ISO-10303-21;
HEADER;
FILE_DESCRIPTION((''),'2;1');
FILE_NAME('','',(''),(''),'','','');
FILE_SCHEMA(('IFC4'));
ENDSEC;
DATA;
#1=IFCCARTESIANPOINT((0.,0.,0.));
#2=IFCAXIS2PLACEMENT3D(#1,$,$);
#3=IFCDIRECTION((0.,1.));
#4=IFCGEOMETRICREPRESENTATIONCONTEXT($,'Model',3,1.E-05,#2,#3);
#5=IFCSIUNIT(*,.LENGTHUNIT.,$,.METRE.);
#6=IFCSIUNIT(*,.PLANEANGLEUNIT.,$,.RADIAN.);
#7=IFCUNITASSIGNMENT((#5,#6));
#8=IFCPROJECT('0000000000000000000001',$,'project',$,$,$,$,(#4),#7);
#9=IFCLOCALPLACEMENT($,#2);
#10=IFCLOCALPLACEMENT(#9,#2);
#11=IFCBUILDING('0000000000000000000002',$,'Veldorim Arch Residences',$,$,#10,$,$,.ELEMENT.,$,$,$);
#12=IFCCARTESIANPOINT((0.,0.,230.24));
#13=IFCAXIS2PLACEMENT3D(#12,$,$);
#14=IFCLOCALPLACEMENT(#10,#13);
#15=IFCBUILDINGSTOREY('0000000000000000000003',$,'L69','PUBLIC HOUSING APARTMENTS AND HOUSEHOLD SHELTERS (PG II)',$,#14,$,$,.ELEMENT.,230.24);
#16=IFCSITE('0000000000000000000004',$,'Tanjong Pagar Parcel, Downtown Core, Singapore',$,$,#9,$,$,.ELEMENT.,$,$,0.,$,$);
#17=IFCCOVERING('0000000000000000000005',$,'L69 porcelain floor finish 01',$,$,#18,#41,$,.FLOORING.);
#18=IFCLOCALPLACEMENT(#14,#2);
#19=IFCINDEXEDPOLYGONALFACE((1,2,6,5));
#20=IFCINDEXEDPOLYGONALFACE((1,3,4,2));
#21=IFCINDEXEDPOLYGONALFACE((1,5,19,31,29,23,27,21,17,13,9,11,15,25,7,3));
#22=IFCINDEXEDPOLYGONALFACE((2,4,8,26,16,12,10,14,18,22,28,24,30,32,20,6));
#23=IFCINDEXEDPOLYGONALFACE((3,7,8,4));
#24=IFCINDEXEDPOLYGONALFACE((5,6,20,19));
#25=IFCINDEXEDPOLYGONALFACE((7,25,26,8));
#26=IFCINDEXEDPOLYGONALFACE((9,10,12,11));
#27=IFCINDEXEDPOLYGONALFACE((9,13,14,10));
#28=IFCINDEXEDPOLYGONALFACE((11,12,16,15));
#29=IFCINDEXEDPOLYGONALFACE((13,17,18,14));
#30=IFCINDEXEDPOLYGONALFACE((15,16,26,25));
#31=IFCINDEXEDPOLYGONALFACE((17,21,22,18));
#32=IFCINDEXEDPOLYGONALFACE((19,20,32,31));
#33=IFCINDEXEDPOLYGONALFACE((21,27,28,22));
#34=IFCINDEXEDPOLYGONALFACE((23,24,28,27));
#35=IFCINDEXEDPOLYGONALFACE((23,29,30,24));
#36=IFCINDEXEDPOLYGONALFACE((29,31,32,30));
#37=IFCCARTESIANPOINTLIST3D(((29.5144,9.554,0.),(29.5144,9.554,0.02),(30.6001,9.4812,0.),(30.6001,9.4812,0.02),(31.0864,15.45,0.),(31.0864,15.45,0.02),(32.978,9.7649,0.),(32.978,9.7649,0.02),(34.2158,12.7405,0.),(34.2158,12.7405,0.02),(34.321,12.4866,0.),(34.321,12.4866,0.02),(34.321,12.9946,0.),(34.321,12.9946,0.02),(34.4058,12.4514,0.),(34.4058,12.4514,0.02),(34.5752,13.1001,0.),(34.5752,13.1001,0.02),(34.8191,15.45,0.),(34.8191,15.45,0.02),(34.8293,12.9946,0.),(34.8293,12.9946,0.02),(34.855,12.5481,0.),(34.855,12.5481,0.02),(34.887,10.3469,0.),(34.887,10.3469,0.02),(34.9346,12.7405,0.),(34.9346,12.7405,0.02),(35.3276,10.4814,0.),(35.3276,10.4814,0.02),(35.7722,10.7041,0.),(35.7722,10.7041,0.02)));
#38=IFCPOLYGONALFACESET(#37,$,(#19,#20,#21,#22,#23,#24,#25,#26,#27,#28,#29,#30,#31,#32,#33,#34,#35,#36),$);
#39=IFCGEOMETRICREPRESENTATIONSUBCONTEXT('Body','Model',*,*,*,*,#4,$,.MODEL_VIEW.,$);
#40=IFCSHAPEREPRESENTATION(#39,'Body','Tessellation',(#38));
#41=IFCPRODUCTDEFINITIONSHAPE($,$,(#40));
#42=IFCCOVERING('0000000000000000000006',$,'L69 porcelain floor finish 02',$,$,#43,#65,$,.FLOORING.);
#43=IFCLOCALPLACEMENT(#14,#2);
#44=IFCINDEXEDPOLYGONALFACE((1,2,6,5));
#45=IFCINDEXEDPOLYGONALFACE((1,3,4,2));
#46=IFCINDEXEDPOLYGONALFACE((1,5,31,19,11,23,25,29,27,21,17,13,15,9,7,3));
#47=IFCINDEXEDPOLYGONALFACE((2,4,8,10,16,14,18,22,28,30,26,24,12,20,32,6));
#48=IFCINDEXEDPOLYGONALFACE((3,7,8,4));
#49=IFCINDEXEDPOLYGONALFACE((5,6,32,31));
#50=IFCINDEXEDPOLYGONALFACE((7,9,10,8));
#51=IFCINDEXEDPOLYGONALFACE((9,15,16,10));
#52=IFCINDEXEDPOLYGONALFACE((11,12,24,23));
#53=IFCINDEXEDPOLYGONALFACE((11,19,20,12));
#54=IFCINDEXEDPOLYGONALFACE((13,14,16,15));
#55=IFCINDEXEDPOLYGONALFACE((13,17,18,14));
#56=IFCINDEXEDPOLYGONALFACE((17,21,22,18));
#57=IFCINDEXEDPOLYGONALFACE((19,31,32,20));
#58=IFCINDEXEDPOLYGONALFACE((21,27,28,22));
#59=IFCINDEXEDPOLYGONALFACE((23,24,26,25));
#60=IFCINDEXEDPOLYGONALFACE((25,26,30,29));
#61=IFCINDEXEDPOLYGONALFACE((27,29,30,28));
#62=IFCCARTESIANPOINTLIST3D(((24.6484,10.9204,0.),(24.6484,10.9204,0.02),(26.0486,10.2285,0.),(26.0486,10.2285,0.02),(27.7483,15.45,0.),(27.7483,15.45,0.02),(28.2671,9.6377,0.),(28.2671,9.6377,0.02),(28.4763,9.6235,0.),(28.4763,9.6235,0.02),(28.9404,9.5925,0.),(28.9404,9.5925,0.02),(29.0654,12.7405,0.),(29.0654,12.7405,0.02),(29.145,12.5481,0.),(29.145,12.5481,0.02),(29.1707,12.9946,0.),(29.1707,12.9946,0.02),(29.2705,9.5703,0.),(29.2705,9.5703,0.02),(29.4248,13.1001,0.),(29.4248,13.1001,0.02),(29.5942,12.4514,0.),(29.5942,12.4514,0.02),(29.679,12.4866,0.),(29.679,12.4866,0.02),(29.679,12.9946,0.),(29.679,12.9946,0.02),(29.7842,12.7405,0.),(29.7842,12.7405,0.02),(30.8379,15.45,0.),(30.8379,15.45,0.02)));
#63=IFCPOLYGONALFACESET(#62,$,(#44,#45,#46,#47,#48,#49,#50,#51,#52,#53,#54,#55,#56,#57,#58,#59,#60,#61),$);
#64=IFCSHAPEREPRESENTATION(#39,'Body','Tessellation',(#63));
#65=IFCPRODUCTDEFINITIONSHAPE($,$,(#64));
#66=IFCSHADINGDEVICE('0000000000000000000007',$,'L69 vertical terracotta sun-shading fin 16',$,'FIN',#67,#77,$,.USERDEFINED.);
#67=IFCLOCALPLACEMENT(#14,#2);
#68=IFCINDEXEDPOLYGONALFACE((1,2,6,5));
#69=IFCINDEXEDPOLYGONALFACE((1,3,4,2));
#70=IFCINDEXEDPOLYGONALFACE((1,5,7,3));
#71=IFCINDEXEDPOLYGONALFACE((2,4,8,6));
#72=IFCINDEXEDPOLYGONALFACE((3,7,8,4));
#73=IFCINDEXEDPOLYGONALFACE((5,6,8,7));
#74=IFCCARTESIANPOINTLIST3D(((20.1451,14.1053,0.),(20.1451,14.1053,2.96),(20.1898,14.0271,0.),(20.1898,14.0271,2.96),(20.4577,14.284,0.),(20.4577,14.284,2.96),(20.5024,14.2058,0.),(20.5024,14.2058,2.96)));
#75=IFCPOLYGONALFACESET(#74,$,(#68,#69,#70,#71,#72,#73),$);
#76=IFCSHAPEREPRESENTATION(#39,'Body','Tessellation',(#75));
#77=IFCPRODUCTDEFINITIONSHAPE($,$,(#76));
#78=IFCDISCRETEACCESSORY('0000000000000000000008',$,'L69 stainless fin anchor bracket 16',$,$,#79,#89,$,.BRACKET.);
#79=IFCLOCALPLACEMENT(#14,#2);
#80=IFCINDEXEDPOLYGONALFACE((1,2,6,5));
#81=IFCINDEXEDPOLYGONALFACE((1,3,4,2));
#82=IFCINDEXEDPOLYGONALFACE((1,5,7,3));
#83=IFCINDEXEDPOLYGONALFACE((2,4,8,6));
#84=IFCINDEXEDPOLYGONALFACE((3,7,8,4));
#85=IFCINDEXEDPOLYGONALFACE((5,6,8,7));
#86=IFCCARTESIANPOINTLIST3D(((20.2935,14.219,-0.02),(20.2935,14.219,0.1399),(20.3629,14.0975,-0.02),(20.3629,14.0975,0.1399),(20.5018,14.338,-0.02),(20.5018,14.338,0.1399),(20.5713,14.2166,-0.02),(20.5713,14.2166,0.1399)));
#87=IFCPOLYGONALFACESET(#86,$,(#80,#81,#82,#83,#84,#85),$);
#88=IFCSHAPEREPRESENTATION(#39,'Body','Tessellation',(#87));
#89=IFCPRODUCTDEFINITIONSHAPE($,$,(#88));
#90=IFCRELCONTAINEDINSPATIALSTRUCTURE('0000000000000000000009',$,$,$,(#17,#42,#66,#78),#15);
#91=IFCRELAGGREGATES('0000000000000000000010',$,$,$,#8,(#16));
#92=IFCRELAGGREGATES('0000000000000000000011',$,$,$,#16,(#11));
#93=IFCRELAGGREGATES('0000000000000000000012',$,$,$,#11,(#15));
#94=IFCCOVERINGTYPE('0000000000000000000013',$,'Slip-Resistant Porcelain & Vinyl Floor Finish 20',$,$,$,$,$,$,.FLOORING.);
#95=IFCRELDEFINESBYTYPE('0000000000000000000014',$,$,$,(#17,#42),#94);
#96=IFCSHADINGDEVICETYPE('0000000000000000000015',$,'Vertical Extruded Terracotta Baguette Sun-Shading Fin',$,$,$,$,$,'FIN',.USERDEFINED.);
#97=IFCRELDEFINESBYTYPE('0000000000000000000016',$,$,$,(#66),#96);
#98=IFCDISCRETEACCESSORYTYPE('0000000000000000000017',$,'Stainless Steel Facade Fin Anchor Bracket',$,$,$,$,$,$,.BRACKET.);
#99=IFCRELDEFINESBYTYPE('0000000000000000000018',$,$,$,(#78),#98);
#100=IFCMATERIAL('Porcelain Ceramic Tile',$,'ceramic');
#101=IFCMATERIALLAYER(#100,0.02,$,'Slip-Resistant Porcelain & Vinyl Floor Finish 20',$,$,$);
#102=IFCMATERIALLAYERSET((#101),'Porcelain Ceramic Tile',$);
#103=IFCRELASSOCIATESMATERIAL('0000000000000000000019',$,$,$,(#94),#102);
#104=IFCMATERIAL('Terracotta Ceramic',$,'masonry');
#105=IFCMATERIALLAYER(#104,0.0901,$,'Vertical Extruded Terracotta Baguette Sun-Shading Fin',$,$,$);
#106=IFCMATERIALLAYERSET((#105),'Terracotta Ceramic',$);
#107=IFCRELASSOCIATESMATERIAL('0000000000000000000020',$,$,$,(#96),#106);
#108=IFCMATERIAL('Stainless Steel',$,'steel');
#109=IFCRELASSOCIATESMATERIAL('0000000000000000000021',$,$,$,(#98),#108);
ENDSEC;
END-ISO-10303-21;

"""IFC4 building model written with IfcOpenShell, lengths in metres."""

from ifc_helpers import new_model, si_unit, direction, frame, origin, origin_2d, place, context, subcontext, project, spatial, polyline, rectangle, outline, extrude, material, layer, layer_set, type_object, element, save


model = new_model("IFC4")

# Units and contexts
model_context = context("Model", 3, precision=1e-05, world=origin(), true_north=direction((0.0, 1.0)))
body_context = subcontext(model_context, "Body", "Model", "MODEL_VIEW")
ifc_project = project(units=[si_unit("LENGTHUNIT", "METRE"), si_unit("PLANEANGLEUNIT", "RADIAN")], contexts=[model_context])

# Site, building, storey
site_placement = place(None, origin())
site = spatial("IfcSite", under=ifc_project, at=site_placement, Name="Tanjong Pagar Parcel, Downtown Core, Singapore", CompositionType="ELEMENT", RefElevation=0.0)
building_placement = place(site_placement, origin())
building = spatial("IfcBuilding", under=site, at=building_placement, Name="Veldorim Arch Residences", CompositionType="ELEMENT")
storey_placement = place(building_placement, frame((0.0, 0.0, 230.24)))
storey = spatial("IfcBuildingStorey", under=building, at=storey_placement, Name="L69", Description="PUBLIC HOUSING APARTMENTS AND HOUSEHOLD SHELTERS (PG II)", CompositionType="ELEMENT", Elevation=230.24)

# Coverings
ifc_material_1 = material(Name="Porcelain Ceramic Tile", Category="ceramic")
ifc_layer_1 = layer(ifc_material_1, 0.02, Name="Slip-Resistant Porcelain & Vinyl Floor Finish 20")
ifc_layer_set_1 = layer_set([ifc_layer_1], Name="Porcelain Ceramic Tile")
covering_type_1 = type_object("IfcCoveringType", Name="Slip-Resistant Porcelain & Vinyl Floor Finish 20", PredefinedType="FLOORING", material=ifc_layer_set_1)
covering_1_placement = place(storey_placement, origin())
element("IfcCovering", 1, at=covering_1_placement, inside=storey, type_object=covering_type_1, Name="L69 porcelain floor finish 01", PredefinedType="FLOORING", context=body_context, shape_type="SweptSolid", body=[
    extrude(outline(polyline([(34.9346, 12.7405), (34.8293, 12.9946), (34.5752, 13.1001), (34.321, 12.9946), (34.2158, 12.7405), (34.321, 12.4866), (34.4058, 12.4514), (34.887, 10.3469), (32.978, 9.7649), (30.6001, 9.4812), (29.5144, 9.554), (31.0864, 15.45), (34.8191, 15.45), (35.7722, 10.7041), (35.3276, 10.4814), (34.855, 12.5481), (34.9346, 12.7405)])), origin(), (0.0, 0.0, 1.0), 0.02),
])
covering_2_placement = place(storey_placement, origin())
element("IfcCovering", 2, at=covering_2_placement, inside=storey, type_object=covering_type_1, Name="L69 porcelain floor finish 02", PredefinedType="FLOORING", context=body_context, shape_type="SweptSolid", body=[
    extrude(outline(polyline([(28.4763, 9.6235), (28.2671, 9.6377), (26.0486, 10.2285), (24.6484, 10.9204), (27.7483, 15.45), (30.8379, 15.45), (29.2705, 9.5703), (28.9404, 9.5925), (29.5942, 12.4514), (29.679, 12.4866), (29.7842, 12.7405), (29.679, 12.9946), (29.4248, 13.1001), (29.1707, 12.9946), (29.0654, 12.7405), (29.145, 12.5481), (28.4763, 9.6235)])), origin(), (0.0, 0.0, 1.0), 0.02),
])

# Shading device
ifc_material_2 = material(Name="Terracotta Ceramic", Category="masonry")
ifc_layer_2 = layer(ifc_material_2, 0.0901, Name="Vertical Extruded Terracotta Baguette Sun-Shading Fin")
ifc_layer_set_2 = layer_set([ifc_layer_2], Name="Terracotta Ceramic")
shading_device_type = type_object("IfcShadingDeviceType", Name="Vertical Extruded Terracotta Baguette Sun-Shading Fin", ElementType="FIN", PredefinedType="USERDEFINED", material=ifc_layer_set_2)
shading_device_placement = place(storey_placement, frame((20.3237, 14.1555, 0.0), z_axis=(0.0, 0.0, 1.0), x_axis=(-0.496217, 0.868199, 0.0)))
element("IfcShadingDevice", 3, at=shading_device_placement, inside=storey, type_object=shading_device_type, Name="L69 vertical terracotta sun-shading fin 16", ObjectType="FIN", PredefinedType="USERDEFINED", context=body_context, shape_type="SweptSolid", body=[
    extrude(rectangle(XDim=0.0901, YDim=0.3601, at=origin_2d()), origin(), (0.0, 0.0, 1.0), 2.96),
])

# Discrete accessory
ifc_material_3 = material(Name="Stainless Steel", Category="steel")
discrete_accessory_type = type_object("IfcDiscreteAccessoryType", Name="Stainless Steel Facade Fin Anchor Bracket", PredefinedType="BRACKET", material=ifc_material_3)
discrete_accessory_placement = place(storey_placement, frame((20.4324, 14.2178, -0.02), z_axis=(0.0, 0.0, 1.0), x_axis=(-0.496217, 0.868199, 0.0)))
element("IfcDiscreteAccessory", 4, at=discrete_accessory_placement, inside=storey, type_object=discrete_accessory_type, Name="L69 stainless fin anchor bracket 16", PredefinedType="BRACKET", context=body_context, shape_type="SweptSolid", body=[
    extrude(rectangle(XDim=0.1399, YDim=0.24, at=origin_2d()), origin(), (0.0, 0.0, 1.0), 0.1599),
])

save(model, "model.ifc")
